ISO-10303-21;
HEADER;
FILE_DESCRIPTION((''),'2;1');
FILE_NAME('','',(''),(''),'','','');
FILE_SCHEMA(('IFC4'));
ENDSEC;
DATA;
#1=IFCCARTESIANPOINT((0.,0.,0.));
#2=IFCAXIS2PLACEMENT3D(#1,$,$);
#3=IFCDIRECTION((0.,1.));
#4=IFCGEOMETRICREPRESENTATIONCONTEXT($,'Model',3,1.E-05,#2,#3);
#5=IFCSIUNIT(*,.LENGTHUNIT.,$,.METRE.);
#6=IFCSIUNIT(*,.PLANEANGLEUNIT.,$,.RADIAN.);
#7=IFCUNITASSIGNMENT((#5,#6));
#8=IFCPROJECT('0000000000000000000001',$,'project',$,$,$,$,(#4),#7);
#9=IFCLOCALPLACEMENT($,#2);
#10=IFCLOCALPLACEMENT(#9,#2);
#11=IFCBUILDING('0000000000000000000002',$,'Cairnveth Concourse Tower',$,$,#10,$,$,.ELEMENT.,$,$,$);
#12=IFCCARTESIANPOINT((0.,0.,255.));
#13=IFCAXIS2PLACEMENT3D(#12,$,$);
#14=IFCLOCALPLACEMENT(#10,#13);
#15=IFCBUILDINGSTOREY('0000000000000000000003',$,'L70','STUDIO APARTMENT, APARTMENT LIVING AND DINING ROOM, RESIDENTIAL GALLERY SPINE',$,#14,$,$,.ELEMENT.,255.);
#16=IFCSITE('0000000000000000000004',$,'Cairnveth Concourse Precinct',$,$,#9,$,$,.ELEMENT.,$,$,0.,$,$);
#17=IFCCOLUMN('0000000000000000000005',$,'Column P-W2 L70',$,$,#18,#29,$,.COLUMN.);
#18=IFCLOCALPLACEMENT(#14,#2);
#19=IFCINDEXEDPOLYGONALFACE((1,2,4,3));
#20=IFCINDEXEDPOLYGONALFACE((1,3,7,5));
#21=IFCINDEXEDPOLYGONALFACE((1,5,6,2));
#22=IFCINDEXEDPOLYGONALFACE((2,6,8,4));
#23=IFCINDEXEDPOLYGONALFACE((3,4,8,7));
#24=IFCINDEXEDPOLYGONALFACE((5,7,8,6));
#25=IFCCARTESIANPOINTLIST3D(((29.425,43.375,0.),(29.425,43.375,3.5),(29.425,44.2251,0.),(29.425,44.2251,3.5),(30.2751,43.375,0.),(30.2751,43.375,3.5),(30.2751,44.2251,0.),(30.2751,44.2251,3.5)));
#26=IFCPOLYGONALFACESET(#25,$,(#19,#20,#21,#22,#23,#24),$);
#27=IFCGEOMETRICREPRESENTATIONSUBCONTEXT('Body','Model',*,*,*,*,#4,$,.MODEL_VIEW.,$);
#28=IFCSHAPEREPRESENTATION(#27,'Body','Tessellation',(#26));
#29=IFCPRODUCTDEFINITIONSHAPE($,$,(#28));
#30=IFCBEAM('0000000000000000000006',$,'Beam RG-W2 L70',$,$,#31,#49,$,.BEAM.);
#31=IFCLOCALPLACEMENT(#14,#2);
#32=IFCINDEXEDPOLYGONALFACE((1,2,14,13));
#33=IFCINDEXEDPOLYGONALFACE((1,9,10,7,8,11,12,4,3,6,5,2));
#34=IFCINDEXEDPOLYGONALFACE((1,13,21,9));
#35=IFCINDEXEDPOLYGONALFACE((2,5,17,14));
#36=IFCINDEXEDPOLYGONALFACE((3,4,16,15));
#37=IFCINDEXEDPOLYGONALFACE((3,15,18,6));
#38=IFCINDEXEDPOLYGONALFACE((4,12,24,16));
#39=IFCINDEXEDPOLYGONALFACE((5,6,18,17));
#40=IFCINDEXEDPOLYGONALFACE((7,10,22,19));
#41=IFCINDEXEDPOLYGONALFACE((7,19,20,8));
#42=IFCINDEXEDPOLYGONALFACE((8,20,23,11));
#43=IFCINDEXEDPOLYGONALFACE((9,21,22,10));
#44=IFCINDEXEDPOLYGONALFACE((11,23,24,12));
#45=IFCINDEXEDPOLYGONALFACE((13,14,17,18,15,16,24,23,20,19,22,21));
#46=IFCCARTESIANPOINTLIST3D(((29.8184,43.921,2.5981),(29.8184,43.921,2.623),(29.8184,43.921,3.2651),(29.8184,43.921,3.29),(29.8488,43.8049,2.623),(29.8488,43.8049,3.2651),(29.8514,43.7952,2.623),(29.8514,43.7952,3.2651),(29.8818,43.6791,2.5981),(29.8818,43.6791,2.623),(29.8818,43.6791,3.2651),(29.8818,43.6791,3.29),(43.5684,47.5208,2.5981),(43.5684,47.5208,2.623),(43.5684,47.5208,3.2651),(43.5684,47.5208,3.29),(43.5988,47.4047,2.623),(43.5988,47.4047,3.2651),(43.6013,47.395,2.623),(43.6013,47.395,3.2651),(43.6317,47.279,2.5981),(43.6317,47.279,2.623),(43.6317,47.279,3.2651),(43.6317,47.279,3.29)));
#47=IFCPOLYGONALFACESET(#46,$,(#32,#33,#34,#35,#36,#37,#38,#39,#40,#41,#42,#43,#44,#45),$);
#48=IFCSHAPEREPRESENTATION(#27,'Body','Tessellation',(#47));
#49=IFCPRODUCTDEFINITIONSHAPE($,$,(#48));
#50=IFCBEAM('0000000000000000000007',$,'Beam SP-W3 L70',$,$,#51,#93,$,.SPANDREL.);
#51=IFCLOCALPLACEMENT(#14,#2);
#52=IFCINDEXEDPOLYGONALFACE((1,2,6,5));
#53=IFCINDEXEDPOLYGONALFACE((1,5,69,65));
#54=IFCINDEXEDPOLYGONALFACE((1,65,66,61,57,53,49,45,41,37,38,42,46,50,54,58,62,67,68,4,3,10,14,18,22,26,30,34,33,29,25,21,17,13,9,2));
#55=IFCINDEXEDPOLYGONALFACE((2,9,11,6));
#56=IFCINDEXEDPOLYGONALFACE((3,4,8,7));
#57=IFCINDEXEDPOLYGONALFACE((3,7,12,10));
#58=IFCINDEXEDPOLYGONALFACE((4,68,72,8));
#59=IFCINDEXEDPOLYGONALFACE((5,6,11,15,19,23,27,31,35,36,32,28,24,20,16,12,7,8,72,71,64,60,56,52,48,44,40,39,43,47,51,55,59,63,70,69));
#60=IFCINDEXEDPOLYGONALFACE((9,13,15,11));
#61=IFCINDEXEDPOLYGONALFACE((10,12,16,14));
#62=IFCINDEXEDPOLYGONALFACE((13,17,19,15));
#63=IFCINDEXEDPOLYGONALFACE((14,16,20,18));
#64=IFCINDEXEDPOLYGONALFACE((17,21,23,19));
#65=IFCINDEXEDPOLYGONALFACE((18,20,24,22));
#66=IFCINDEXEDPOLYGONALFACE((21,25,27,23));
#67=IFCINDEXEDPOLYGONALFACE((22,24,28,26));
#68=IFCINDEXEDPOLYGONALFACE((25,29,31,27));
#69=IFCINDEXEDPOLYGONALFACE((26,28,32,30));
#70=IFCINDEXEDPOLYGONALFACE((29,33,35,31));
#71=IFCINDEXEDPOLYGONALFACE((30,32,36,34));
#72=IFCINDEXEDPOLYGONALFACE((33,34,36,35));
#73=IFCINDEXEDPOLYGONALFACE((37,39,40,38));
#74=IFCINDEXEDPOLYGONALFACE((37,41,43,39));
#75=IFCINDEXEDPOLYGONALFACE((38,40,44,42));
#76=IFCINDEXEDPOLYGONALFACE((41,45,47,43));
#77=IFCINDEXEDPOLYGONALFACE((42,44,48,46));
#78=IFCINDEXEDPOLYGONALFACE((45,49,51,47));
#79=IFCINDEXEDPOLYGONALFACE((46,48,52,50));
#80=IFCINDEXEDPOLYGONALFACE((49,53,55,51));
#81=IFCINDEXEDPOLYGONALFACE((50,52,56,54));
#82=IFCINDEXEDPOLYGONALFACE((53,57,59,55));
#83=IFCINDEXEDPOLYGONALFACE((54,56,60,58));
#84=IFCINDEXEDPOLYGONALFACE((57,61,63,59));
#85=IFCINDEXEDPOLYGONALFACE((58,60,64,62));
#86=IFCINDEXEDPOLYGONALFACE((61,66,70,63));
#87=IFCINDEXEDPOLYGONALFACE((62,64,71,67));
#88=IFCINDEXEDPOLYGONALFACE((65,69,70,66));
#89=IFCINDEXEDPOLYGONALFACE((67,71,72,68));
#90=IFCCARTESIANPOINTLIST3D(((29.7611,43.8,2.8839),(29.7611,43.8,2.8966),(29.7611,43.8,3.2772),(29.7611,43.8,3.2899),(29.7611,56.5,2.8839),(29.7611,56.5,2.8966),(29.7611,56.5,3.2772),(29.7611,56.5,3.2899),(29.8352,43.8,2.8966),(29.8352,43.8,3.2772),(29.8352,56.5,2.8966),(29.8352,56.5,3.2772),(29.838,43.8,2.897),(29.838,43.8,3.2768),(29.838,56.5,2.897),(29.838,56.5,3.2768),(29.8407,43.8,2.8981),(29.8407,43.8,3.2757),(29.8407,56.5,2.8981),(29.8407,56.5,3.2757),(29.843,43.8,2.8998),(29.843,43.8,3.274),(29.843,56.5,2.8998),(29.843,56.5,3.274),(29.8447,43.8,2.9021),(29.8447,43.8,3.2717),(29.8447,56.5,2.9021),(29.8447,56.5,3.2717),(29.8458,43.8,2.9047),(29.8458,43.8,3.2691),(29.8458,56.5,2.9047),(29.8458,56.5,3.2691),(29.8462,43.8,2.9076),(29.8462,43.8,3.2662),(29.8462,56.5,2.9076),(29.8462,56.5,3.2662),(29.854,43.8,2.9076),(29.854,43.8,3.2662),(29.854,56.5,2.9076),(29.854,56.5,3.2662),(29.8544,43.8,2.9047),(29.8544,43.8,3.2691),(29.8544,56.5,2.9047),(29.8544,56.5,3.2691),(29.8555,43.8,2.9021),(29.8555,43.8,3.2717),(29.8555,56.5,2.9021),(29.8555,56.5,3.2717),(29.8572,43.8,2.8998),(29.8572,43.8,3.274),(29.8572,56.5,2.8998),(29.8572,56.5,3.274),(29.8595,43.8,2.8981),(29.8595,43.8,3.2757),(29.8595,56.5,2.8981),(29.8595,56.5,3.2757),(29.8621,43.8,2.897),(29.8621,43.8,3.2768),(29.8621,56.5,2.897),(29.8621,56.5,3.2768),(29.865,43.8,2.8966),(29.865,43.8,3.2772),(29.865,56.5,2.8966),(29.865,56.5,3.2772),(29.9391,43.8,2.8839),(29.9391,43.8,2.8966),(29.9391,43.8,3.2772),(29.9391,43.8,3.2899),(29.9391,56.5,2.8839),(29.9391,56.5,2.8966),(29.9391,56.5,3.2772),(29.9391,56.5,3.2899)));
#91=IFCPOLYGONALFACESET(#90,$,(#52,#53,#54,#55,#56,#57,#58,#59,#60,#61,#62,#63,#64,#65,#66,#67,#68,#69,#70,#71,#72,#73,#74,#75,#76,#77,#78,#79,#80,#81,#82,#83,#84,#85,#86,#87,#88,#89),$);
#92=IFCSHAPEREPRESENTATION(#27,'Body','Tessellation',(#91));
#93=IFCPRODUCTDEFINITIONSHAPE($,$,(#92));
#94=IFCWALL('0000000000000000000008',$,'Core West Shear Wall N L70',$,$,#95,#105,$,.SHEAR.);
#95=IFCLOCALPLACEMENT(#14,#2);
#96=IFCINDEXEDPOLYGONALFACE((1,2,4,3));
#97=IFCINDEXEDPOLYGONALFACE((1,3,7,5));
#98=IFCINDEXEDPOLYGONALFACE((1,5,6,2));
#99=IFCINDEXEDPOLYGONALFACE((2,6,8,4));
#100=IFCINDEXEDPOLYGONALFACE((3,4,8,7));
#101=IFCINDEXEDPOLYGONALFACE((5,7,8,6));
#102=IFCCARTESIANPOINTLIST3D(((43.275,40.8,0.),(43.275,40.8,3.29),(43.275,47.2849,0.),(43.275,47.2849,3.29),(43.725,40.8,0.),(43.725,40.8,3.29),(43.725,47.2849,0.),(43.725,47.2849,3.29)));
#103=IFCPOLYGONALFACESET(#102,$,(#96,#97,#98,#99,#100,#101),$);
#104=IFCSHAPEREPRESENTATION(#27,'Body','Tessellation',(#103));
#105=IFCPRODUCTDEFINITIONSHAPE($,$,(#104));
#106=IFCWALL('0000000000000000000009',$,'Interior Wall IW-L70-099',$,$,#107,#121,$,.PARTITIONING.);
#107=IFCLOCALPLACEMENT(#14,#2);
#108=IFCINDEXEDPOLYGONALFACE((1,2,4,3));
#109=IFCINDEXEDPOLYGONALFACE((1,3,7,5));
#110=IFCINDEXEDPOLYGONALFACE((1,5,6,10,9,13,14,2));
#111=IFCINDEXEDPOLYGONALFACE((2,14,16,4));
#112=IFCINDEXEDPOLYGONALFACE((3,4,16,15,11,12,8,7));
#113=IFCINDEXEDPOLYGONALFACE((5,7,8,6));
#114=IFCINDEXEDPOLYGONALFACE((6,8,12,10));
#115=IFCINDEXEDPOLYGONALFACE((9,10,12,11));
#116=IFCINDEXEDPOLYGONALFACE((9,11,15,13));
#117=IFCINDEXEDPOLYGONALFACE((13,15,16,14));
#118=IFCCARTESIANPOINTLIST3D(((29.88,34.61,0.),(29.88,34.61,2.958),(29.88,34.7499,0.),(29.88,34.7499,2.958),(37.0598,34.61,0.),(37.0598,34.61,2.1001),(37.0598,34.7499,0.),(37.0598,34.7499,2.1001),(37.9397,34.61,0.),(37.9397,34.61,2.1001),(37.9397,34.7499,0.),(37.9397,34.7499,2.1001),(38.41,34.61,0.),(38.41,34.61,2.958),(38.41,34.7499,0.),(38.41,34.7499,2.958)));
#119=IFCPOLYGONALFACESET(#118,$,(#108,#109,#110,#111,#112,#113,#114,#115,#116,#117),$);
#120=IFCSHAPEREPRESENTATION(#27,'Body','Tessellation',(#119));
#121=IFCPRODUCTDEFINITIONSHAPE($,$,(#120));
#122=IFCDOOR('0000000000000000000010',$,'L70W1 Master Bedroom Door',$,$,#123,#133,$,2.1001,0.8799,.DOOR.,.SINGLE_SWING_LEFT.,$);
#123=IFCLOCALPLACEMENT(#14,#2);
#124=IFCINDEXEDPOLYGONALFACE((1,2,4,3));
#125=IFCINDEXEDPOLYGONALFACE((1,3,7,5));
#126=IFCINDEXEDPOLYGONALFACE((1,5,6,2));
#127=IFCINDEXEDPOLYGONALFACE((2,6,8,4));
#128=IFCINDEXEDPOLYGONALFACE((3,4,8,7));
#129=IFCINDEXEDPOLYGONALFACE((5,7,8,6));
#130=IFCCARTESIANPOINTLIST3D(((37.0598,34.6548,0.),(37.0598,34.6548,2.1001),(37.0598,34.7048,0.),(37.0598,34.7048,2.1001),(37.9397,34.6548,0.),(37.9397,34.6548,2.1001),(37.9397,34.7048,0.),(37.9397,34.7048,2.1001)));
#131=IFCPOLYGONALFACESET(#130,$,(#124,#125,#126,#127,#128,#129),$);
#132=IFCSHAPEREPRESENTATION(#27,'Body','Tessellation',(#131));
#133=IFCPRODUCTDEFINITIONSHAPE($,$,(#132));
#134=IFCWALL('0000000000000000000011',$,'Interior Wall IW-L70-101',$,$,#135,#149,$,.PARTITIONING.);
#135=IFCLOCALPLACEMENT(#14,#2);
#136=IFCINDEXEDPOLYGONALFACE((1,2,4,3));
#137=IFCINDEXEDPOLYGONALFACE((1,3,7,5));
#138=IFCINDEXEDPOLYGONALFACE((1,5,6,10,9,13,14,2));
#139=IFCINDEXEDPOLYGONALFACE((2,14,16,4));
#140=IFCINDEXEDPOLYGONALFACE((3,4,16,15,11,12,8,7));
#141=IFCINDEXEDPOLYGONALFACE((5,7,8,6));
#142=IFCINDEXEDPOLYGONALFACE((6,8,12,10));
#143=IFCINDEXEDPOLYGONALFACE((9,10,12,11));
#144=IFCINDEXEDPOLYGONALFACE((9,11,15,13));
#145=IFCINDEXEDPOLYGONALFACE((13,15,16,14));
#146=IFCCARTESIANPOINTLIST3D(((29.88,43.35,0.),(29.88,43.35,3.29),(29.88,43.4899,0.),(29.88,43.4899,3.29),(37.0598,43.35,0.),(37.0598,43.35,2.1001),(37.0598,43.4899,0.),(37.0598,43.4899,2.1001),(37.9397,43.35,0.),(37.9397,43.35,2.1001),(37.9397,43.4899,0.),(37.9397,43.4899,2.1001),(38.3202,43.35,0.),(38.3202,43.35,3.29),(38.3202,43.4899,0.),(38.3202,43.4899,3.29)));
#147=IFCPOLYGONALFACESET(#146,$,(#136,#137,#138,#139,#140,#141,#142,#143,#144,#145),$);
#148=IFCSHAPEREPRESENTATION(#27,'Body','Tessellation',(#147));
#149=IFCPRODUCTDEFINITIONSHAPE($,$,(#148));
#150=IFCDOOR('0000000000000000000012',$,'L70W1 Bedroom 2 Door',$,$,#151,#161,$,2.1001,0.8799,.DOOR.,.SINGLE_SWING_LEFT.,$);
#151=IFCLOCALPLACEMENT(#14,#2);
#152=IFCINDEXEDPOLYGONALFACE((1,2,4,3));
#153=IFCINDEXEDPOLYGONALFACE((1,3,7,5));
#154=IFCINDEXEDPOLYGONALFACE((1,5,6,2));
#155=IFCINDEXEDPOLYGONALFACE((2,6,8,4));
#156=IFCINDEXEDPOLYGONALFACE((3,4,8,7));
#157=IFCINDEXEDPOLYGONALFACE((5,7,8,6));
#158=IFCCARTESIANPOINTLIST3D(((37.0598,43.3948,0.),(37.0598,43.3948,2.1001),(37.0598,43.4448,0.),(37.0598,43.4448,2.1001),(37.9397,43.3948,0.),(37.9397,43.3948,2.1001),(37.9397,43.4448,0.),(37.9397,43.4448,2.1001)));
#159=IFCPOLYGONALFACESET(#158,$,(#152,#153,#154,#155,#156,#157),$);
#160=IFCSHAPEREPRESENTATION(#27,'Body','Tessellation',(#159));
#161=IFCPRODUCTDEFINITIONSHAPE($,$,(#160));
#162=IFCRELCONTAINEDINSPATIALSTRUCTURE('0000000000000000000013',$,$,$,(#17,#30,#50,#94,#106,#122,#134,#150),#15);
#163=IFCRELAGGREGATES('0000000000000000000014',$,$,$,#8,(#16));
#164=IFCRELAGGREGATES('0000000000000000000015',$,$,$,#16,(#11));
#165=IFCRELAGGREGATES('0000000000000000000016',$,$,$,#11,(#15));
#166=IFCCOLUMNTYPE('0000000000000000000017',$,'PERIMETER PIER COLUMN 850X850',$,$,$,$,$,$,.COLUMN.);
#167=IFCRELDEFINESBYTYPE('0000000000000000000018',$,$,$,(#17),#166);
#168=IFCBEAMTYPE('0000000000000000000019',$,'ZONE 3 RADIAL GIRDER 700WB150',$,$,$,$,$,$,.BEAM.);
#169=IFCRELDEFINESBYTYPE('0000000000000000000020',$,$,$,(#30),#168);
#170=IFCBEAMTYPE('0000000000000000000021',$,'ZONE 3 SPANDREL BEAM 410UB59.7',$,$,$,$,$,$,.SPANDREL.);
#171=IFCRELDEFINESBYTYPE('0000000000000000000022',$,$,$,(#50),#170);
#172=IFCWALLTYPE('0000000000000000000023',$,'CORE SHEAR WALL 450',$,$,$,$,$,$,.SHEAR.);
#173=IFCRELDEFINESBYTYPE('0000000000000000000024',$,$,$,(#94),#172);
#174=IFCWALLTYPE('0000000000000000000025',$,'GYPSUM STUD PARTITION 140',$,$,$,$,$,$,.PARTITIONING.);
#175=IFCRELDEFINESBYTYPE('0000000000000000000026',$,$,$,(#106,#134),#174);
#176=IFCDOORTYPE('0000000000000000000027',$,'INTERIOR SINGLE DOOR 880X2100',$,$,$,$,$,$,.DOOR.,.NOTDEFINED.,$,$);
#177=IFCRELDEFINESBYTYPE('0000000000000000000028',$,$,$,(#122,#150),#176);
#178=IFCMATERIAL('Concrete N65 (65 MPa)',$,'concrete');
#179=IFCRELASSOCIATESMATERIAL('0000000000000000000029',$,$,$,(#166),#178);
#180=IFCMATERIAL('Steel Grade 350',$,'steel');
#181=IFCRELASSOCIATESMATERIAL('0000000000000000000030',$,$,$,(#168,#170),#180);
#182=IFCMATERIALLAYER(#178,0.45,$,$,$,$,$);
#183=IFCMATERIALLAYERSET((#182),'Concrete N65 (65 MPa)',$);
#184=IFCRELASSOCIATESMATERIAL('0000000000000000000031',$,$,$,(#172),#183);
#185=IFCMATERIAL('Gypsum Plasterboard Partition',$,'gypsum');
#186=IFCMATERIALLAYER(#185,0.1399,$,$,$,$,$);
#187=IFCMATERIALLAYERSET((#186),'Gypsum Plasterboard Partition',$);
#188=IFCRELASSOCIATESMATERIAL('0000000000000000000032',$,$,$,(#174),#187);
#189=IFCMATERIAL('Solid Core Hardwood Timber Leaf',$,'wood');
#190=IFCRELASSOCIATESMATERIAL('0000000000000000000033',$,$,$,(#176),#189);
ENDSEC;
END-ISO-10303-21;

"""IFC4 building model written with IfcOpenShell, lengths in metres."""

from ifc_helpers import new_model, si_unit, direction, frame, frame_2d, origin, origin_2d, place, context, subcontext, project, spatial, rectangle, i_section, extrude, material, layer, layer_set, material_profile, profile_set, type_object, element, fill, save


model = new_model("IFC4")

# Units and contexts
model_context = context("Model", 3, precision=1e-05, world=origin(), true_north=direction((0.0, 1.0)))
body_context = subcontext(model_context, "Body", "Model", "MODEL_VIEW")
ifc_project = project(units=[si_unit("LENGTHUNIT", "METRE"), si_unit("PLANEANGLEUNIT", "RADIAN")], contexts=[model_context])

# Site, building, storey
site_placement = place(None, origin())
site = spatial("IfcSite", under=ifc_project, at=site_placement, Name="Cairnveth Concourse Precinct", CompositionType="ELEMENT", RefElevation=0.0)
building_placement = place(site_placement, origin())
building = spatial("IfcBuilding", under=site, at=building_placement, Name="Cairnveth Concourse Tower", CompositionType="ELEMENT")
storey_placement = place(building_placement, frame((0.0, 0.0, 255.0)))
storey = spatial("IfcBuildingStorey", under=building, at=storey_placement, Name="L70", Description="STUDIO APARTMENT, APARTMENT LIVING AND DINING ROOM, RESIDENTIAL GALLERY SPINE", CompositionType="ELEMENT", Elevation=255.0)

# Column
ifc_material_1 = material(Name="Concrete N65 (65 MPa)", Category="concrete")
ifc_material_profile_1 = material_profile(ifc_material_1, rectangle(XDim=0.8501, YDim=0.8501, at=origin_2d()), Name="RC-COL-850x850")
ifc_profile_set_1 = profile_set([ifc_material_profile_1], Name="Concrete N65 (65 MPa)")
column_type = type_object("IfcColumnType", Name="PERIMETER PIER COLUMN 850X850", PredefinedType="COLUMN", material=ifc_profile_set_1)
column_placement = place(storey_placement, frame((29.8501, 43.8, 0.0), z_axis=(0.0, 0.0, 1.0), x_axis=(0.0, 1.0, 0.0)))
element("IfcColumn", 1, at=column_placement, inside=storey, type_object=column_type, Name="Column P-W2 L70", PredefinedType="COLUMN", context=body_context, shape_type="SweptSolid", body=[
    extrude(rectangle(XDim=0.8501, YDim=0.8501, at=origin_2d()), origin(), (0.0, 0.0, 1.0), 3.5),
])

# Beams
ifc_material_2 = material(Name="Steel Grade 350", Category="steel")
ifc_material_profile_2 = material_profile(ifc_material_2, i_section(OverallWidth=0.25, OverallDepth=0.6919, WebThickness=0.01, FlangeThickness=0.0249, at=origin_2d()), Name="700WB150")
ifc_profile_set_2 = profile_set([ifc_material_profile_2], Name="Steel Grade 350")
beam_type_1 = type_object("IfcBeamType", Name="ZONE 3 RADIAL GIRDER 700WB150", PredefinedType="BEAM", material=ifc_profile_set_2)
beam_1_placement = place(storey_placement, frame((29.8501, 43.8, 2.9441), z_axis=(0.967395, 0.253271, 0.0), x_axis=(-0.253271, 0.967395, 0.0)))
element("IfcBeam", 2, at=beam_1_placement, inside=storey, type_object=beam_type_1, Name="Beam RG-W2 L70", PredefinedType="BEAM", context=body_context, shape_type="SweptSolid", body=[
    extrude(i_section(OverallWidth=0.25, OverallDepth=0.6919, WebThickness=0.01, FlangeThickness=0.0249, at=origin_2d()), origin(), (0.0, 0.0, 1.0), 14.2134),
])
ifc_material_profile_3 = material_profile(ifc_material_2, i_section(OverallWidth=0.178, OverallDepth=0.406, WebThickness=0.0078, FlangeThickness=0.0127, FilletRadius=0.011, at=origin_2d()), Name="410UB59.7")
ifc_profile_set_3 = profile_set([ifc_material_profile_3], Name="Steel Grade 350")
beam_type_2 = type_object("IfcBeamType", Name="ZONE 3 SPANDREL BEAM 410UB59.7", PredefinedType="SPANDREL", material=ifc_profile_set_3)
beam_2_placement = place(storey_placement, frame((29.8501, 43.8, 3.0869), z_axis=(0.0, 1.0, 0.0), x_axis=(-1.0, 0.0, 0.0)))
element("IfcBeam", 3, at=beam_2_placement, inside=storey, type_object=beam_type_2, Name="Beam SP-W3 L70", PredefinedType="SPANDREL", context=body_context, shape_type="SweptSolid", body=[
    extrude(i_section(OverallWidth=0.178, OverallDepth=0.406, WebThickness=0.0078, FlangeThickness=0.0127, FilletRadius=0.011, at=origin_2d()), origin(), (0.0, 0.0, 1.0), 12.7),
])

# Wall
ifc_layer_1 = layer(ifc_material_1, 0.45)
ifc_layer_set_1 = layer_set([ifc_layer_1], Name="Concrete N65 (65 MPa)")
wall_type_1 = type_object("IfcWallType", Name="CORE SHEAR WALL 450", PredefinedType="SHEAR", material=ifc_layer_set_1)
wall_1_placement = place(storey_placement, frame((43.5, 40.8, 0.0), z_axis=(0.0, 0.0, 1.0), x_axis=(0.0, 1.0, 0.0)))
element("IfcWall", 4, at=wall_1_placement, inside=storey, type_object=wall_type_1, Name="Core West Shear Wall N L70", PredefinedType="SHEAR", context=body_context, shape_type="SweptSolid", body=[
    extrude(rectangle(XDim=6.4849, YDim=0.45, at=frame_2d((3.2424, 0.0))), origin(), (0.0, 0.0, 1.0), 3.29),
])

# Walls, openings, doors
ifc_material_3 = material(Name="Gypsum Plasterboard Partition", Category="gypsum")
ifc_layer_2 = layer(ifc_material_3, 0.1399)
ifc_layer_set_2 = layer_set([ifc_layer_2], Name="Gypsum Plasterboard Partition")
wall_type_2 = type_object("IfcWallType", Name="GYPSUM STUD PARTITION 140", PredefinedType="PARTITIONING", material=ifc_layer_set_2)
wall_2_placement = place(storey_placement, frame((29.8799, 34.6799, 0.0), z_axis=(0.0, 0.0, 1.0), x_axis=(1.0, 0.0, 0.0)))
wall_2 = element("IfcWall", 5, at=wall_2_placement, inside=storey, type_object=wall_type_2, Name="Interior Wall IW-L70-099", PredefinedType="PARTITIONING", context=body_context, shape_type="SweptSolid", body=[
    extrude(rectangle(XDim=8.53, YDim=0.1399, at=frame_2d((4.2651, 0.0))), origin(), (0.0, 0.0, 1.0), 2.958),
])
opening_1_placement = place(wall_2_placement, frame((7.1799, 0.0, 0.0)))
opening_1 = element("IfcOpeningElement", 6, at=opening_1_placement, cuts=wall_2, PredefinedType="OPENING", context=body_context, shape_type="SweptSolid", body=[
    extrude(rectangle(XDim=0.8799, YDim=2.1001, at=frame_2d((0.4399, 1.05))), frame((0.0, 0.0798, 0.0), z_axis=(0.0, -1.0, 0.0), x_axis=(1.0, 0.0, 0.0)), (0.0, 0.0, 1.0), 0.1599),
])
ifc_material_4 = material(Name="Solid Core Hardwood Timber Leaf", Category="wood")
door_type_1 = type_object("IfcDoorType", Name="INTERIOR SINGLE DOOR 880X2100", OperationType="NOTDEFINED", PredefinedType="DOOR", material=ifc_material_4)
door_1_placement = place(opening_1_placement, origin())
door_1 = element("IfcDoor", 7, at=door_1_placement, inside=storey, type_object=door_type_1, Name="L70W1 Master Bedroom Door", OperationType="SINGLE_SWING_LEFT", OverallHeight=2.1001, OverallWidth=0.8799, PredefinedType="DOOR", context=body_context, shape_type="SweptSolid", body=[
    extrude(rectangle(XDim=0.8799, YDim=2.1001, at=frame_2d((0.4399, 1.05))), frame((0.0, 0.0249, 0.0), z_axis=(0.0, -1.0, 0.0), x_axis=(1.0, 0.0, 0.0)), (0.0, 0.0, 1.0), 0.05),
])
fill(opening_1, door_1)
wall_3_placement = place(storey_placement, frame((29.8799, 43.4199, 0.0), z_axis=(0.0, 0.0, 1.0), x_axis=(1.0, 0.0, 0.0)))
wall_3 = element("IfcWall", 8, at=wall_3_placement, inside=storey, type_object=wall_type_2, Name="Interior Wall IW-L70-101", PredefinedType="PARTITIONING", context=body_context, shape_type="SweptSolid", body=[
    extrude(rectangle(XDim=8.4402, YDim=0.1399, at=frame_2d((4.2202, 0.0))), origin(), (0.0, 0.0, 1.0), 3.29),
])
opening_2_placement = place(wall_3_placement, frame((7.1799, 0.0, 0.0)))
opening_2 = element("IfcOpeningElement", 9, at=opening_2_placement, cuts=wall_3, PredefinedType="OPENING", context=body_context, shape_type="SweptSolid", body=[
    extrude(rectangle(XDim=0.8799, YDim=2.1001, at=frame_2d((0.4399, 1.05))), frame((0.0, 0.0798, 0.0), z_axis=(0.0, -1.0, 0.0), x_axis=(1.0, 0.0, 0.0)), (0.0, 0.0, 1.0), 0.1599),
])
door_2_placement = place(opening_2_placement, origin())
door_2 = element("IfcDoor", 10, at=door_2_placement, inside=storey, type_object=door_type_1, Name="L70W1 Bedroom 2 Door", OperationType="SINGLE_SWING_LEFT", OverallHeight=2.1001, OverallWidth=0.8799, PredefinedType="DOOR", context=body_context, shape_type="SweptSolid", body=[
    extrude(rectangle(XDim=0.8799, YDim=2.1001, at=frame_2d((0.4399, 1.05))), frame((0.0, 0.0249, 0.0), z_axis=(0.0, -1.0, 0.0), x_axis=(1.0, 0.0, 0.0)), (0.0, 0.0, 1.0), 0.05),
])
fill(opening_2, door_2)

save(model, "model.ifc")
